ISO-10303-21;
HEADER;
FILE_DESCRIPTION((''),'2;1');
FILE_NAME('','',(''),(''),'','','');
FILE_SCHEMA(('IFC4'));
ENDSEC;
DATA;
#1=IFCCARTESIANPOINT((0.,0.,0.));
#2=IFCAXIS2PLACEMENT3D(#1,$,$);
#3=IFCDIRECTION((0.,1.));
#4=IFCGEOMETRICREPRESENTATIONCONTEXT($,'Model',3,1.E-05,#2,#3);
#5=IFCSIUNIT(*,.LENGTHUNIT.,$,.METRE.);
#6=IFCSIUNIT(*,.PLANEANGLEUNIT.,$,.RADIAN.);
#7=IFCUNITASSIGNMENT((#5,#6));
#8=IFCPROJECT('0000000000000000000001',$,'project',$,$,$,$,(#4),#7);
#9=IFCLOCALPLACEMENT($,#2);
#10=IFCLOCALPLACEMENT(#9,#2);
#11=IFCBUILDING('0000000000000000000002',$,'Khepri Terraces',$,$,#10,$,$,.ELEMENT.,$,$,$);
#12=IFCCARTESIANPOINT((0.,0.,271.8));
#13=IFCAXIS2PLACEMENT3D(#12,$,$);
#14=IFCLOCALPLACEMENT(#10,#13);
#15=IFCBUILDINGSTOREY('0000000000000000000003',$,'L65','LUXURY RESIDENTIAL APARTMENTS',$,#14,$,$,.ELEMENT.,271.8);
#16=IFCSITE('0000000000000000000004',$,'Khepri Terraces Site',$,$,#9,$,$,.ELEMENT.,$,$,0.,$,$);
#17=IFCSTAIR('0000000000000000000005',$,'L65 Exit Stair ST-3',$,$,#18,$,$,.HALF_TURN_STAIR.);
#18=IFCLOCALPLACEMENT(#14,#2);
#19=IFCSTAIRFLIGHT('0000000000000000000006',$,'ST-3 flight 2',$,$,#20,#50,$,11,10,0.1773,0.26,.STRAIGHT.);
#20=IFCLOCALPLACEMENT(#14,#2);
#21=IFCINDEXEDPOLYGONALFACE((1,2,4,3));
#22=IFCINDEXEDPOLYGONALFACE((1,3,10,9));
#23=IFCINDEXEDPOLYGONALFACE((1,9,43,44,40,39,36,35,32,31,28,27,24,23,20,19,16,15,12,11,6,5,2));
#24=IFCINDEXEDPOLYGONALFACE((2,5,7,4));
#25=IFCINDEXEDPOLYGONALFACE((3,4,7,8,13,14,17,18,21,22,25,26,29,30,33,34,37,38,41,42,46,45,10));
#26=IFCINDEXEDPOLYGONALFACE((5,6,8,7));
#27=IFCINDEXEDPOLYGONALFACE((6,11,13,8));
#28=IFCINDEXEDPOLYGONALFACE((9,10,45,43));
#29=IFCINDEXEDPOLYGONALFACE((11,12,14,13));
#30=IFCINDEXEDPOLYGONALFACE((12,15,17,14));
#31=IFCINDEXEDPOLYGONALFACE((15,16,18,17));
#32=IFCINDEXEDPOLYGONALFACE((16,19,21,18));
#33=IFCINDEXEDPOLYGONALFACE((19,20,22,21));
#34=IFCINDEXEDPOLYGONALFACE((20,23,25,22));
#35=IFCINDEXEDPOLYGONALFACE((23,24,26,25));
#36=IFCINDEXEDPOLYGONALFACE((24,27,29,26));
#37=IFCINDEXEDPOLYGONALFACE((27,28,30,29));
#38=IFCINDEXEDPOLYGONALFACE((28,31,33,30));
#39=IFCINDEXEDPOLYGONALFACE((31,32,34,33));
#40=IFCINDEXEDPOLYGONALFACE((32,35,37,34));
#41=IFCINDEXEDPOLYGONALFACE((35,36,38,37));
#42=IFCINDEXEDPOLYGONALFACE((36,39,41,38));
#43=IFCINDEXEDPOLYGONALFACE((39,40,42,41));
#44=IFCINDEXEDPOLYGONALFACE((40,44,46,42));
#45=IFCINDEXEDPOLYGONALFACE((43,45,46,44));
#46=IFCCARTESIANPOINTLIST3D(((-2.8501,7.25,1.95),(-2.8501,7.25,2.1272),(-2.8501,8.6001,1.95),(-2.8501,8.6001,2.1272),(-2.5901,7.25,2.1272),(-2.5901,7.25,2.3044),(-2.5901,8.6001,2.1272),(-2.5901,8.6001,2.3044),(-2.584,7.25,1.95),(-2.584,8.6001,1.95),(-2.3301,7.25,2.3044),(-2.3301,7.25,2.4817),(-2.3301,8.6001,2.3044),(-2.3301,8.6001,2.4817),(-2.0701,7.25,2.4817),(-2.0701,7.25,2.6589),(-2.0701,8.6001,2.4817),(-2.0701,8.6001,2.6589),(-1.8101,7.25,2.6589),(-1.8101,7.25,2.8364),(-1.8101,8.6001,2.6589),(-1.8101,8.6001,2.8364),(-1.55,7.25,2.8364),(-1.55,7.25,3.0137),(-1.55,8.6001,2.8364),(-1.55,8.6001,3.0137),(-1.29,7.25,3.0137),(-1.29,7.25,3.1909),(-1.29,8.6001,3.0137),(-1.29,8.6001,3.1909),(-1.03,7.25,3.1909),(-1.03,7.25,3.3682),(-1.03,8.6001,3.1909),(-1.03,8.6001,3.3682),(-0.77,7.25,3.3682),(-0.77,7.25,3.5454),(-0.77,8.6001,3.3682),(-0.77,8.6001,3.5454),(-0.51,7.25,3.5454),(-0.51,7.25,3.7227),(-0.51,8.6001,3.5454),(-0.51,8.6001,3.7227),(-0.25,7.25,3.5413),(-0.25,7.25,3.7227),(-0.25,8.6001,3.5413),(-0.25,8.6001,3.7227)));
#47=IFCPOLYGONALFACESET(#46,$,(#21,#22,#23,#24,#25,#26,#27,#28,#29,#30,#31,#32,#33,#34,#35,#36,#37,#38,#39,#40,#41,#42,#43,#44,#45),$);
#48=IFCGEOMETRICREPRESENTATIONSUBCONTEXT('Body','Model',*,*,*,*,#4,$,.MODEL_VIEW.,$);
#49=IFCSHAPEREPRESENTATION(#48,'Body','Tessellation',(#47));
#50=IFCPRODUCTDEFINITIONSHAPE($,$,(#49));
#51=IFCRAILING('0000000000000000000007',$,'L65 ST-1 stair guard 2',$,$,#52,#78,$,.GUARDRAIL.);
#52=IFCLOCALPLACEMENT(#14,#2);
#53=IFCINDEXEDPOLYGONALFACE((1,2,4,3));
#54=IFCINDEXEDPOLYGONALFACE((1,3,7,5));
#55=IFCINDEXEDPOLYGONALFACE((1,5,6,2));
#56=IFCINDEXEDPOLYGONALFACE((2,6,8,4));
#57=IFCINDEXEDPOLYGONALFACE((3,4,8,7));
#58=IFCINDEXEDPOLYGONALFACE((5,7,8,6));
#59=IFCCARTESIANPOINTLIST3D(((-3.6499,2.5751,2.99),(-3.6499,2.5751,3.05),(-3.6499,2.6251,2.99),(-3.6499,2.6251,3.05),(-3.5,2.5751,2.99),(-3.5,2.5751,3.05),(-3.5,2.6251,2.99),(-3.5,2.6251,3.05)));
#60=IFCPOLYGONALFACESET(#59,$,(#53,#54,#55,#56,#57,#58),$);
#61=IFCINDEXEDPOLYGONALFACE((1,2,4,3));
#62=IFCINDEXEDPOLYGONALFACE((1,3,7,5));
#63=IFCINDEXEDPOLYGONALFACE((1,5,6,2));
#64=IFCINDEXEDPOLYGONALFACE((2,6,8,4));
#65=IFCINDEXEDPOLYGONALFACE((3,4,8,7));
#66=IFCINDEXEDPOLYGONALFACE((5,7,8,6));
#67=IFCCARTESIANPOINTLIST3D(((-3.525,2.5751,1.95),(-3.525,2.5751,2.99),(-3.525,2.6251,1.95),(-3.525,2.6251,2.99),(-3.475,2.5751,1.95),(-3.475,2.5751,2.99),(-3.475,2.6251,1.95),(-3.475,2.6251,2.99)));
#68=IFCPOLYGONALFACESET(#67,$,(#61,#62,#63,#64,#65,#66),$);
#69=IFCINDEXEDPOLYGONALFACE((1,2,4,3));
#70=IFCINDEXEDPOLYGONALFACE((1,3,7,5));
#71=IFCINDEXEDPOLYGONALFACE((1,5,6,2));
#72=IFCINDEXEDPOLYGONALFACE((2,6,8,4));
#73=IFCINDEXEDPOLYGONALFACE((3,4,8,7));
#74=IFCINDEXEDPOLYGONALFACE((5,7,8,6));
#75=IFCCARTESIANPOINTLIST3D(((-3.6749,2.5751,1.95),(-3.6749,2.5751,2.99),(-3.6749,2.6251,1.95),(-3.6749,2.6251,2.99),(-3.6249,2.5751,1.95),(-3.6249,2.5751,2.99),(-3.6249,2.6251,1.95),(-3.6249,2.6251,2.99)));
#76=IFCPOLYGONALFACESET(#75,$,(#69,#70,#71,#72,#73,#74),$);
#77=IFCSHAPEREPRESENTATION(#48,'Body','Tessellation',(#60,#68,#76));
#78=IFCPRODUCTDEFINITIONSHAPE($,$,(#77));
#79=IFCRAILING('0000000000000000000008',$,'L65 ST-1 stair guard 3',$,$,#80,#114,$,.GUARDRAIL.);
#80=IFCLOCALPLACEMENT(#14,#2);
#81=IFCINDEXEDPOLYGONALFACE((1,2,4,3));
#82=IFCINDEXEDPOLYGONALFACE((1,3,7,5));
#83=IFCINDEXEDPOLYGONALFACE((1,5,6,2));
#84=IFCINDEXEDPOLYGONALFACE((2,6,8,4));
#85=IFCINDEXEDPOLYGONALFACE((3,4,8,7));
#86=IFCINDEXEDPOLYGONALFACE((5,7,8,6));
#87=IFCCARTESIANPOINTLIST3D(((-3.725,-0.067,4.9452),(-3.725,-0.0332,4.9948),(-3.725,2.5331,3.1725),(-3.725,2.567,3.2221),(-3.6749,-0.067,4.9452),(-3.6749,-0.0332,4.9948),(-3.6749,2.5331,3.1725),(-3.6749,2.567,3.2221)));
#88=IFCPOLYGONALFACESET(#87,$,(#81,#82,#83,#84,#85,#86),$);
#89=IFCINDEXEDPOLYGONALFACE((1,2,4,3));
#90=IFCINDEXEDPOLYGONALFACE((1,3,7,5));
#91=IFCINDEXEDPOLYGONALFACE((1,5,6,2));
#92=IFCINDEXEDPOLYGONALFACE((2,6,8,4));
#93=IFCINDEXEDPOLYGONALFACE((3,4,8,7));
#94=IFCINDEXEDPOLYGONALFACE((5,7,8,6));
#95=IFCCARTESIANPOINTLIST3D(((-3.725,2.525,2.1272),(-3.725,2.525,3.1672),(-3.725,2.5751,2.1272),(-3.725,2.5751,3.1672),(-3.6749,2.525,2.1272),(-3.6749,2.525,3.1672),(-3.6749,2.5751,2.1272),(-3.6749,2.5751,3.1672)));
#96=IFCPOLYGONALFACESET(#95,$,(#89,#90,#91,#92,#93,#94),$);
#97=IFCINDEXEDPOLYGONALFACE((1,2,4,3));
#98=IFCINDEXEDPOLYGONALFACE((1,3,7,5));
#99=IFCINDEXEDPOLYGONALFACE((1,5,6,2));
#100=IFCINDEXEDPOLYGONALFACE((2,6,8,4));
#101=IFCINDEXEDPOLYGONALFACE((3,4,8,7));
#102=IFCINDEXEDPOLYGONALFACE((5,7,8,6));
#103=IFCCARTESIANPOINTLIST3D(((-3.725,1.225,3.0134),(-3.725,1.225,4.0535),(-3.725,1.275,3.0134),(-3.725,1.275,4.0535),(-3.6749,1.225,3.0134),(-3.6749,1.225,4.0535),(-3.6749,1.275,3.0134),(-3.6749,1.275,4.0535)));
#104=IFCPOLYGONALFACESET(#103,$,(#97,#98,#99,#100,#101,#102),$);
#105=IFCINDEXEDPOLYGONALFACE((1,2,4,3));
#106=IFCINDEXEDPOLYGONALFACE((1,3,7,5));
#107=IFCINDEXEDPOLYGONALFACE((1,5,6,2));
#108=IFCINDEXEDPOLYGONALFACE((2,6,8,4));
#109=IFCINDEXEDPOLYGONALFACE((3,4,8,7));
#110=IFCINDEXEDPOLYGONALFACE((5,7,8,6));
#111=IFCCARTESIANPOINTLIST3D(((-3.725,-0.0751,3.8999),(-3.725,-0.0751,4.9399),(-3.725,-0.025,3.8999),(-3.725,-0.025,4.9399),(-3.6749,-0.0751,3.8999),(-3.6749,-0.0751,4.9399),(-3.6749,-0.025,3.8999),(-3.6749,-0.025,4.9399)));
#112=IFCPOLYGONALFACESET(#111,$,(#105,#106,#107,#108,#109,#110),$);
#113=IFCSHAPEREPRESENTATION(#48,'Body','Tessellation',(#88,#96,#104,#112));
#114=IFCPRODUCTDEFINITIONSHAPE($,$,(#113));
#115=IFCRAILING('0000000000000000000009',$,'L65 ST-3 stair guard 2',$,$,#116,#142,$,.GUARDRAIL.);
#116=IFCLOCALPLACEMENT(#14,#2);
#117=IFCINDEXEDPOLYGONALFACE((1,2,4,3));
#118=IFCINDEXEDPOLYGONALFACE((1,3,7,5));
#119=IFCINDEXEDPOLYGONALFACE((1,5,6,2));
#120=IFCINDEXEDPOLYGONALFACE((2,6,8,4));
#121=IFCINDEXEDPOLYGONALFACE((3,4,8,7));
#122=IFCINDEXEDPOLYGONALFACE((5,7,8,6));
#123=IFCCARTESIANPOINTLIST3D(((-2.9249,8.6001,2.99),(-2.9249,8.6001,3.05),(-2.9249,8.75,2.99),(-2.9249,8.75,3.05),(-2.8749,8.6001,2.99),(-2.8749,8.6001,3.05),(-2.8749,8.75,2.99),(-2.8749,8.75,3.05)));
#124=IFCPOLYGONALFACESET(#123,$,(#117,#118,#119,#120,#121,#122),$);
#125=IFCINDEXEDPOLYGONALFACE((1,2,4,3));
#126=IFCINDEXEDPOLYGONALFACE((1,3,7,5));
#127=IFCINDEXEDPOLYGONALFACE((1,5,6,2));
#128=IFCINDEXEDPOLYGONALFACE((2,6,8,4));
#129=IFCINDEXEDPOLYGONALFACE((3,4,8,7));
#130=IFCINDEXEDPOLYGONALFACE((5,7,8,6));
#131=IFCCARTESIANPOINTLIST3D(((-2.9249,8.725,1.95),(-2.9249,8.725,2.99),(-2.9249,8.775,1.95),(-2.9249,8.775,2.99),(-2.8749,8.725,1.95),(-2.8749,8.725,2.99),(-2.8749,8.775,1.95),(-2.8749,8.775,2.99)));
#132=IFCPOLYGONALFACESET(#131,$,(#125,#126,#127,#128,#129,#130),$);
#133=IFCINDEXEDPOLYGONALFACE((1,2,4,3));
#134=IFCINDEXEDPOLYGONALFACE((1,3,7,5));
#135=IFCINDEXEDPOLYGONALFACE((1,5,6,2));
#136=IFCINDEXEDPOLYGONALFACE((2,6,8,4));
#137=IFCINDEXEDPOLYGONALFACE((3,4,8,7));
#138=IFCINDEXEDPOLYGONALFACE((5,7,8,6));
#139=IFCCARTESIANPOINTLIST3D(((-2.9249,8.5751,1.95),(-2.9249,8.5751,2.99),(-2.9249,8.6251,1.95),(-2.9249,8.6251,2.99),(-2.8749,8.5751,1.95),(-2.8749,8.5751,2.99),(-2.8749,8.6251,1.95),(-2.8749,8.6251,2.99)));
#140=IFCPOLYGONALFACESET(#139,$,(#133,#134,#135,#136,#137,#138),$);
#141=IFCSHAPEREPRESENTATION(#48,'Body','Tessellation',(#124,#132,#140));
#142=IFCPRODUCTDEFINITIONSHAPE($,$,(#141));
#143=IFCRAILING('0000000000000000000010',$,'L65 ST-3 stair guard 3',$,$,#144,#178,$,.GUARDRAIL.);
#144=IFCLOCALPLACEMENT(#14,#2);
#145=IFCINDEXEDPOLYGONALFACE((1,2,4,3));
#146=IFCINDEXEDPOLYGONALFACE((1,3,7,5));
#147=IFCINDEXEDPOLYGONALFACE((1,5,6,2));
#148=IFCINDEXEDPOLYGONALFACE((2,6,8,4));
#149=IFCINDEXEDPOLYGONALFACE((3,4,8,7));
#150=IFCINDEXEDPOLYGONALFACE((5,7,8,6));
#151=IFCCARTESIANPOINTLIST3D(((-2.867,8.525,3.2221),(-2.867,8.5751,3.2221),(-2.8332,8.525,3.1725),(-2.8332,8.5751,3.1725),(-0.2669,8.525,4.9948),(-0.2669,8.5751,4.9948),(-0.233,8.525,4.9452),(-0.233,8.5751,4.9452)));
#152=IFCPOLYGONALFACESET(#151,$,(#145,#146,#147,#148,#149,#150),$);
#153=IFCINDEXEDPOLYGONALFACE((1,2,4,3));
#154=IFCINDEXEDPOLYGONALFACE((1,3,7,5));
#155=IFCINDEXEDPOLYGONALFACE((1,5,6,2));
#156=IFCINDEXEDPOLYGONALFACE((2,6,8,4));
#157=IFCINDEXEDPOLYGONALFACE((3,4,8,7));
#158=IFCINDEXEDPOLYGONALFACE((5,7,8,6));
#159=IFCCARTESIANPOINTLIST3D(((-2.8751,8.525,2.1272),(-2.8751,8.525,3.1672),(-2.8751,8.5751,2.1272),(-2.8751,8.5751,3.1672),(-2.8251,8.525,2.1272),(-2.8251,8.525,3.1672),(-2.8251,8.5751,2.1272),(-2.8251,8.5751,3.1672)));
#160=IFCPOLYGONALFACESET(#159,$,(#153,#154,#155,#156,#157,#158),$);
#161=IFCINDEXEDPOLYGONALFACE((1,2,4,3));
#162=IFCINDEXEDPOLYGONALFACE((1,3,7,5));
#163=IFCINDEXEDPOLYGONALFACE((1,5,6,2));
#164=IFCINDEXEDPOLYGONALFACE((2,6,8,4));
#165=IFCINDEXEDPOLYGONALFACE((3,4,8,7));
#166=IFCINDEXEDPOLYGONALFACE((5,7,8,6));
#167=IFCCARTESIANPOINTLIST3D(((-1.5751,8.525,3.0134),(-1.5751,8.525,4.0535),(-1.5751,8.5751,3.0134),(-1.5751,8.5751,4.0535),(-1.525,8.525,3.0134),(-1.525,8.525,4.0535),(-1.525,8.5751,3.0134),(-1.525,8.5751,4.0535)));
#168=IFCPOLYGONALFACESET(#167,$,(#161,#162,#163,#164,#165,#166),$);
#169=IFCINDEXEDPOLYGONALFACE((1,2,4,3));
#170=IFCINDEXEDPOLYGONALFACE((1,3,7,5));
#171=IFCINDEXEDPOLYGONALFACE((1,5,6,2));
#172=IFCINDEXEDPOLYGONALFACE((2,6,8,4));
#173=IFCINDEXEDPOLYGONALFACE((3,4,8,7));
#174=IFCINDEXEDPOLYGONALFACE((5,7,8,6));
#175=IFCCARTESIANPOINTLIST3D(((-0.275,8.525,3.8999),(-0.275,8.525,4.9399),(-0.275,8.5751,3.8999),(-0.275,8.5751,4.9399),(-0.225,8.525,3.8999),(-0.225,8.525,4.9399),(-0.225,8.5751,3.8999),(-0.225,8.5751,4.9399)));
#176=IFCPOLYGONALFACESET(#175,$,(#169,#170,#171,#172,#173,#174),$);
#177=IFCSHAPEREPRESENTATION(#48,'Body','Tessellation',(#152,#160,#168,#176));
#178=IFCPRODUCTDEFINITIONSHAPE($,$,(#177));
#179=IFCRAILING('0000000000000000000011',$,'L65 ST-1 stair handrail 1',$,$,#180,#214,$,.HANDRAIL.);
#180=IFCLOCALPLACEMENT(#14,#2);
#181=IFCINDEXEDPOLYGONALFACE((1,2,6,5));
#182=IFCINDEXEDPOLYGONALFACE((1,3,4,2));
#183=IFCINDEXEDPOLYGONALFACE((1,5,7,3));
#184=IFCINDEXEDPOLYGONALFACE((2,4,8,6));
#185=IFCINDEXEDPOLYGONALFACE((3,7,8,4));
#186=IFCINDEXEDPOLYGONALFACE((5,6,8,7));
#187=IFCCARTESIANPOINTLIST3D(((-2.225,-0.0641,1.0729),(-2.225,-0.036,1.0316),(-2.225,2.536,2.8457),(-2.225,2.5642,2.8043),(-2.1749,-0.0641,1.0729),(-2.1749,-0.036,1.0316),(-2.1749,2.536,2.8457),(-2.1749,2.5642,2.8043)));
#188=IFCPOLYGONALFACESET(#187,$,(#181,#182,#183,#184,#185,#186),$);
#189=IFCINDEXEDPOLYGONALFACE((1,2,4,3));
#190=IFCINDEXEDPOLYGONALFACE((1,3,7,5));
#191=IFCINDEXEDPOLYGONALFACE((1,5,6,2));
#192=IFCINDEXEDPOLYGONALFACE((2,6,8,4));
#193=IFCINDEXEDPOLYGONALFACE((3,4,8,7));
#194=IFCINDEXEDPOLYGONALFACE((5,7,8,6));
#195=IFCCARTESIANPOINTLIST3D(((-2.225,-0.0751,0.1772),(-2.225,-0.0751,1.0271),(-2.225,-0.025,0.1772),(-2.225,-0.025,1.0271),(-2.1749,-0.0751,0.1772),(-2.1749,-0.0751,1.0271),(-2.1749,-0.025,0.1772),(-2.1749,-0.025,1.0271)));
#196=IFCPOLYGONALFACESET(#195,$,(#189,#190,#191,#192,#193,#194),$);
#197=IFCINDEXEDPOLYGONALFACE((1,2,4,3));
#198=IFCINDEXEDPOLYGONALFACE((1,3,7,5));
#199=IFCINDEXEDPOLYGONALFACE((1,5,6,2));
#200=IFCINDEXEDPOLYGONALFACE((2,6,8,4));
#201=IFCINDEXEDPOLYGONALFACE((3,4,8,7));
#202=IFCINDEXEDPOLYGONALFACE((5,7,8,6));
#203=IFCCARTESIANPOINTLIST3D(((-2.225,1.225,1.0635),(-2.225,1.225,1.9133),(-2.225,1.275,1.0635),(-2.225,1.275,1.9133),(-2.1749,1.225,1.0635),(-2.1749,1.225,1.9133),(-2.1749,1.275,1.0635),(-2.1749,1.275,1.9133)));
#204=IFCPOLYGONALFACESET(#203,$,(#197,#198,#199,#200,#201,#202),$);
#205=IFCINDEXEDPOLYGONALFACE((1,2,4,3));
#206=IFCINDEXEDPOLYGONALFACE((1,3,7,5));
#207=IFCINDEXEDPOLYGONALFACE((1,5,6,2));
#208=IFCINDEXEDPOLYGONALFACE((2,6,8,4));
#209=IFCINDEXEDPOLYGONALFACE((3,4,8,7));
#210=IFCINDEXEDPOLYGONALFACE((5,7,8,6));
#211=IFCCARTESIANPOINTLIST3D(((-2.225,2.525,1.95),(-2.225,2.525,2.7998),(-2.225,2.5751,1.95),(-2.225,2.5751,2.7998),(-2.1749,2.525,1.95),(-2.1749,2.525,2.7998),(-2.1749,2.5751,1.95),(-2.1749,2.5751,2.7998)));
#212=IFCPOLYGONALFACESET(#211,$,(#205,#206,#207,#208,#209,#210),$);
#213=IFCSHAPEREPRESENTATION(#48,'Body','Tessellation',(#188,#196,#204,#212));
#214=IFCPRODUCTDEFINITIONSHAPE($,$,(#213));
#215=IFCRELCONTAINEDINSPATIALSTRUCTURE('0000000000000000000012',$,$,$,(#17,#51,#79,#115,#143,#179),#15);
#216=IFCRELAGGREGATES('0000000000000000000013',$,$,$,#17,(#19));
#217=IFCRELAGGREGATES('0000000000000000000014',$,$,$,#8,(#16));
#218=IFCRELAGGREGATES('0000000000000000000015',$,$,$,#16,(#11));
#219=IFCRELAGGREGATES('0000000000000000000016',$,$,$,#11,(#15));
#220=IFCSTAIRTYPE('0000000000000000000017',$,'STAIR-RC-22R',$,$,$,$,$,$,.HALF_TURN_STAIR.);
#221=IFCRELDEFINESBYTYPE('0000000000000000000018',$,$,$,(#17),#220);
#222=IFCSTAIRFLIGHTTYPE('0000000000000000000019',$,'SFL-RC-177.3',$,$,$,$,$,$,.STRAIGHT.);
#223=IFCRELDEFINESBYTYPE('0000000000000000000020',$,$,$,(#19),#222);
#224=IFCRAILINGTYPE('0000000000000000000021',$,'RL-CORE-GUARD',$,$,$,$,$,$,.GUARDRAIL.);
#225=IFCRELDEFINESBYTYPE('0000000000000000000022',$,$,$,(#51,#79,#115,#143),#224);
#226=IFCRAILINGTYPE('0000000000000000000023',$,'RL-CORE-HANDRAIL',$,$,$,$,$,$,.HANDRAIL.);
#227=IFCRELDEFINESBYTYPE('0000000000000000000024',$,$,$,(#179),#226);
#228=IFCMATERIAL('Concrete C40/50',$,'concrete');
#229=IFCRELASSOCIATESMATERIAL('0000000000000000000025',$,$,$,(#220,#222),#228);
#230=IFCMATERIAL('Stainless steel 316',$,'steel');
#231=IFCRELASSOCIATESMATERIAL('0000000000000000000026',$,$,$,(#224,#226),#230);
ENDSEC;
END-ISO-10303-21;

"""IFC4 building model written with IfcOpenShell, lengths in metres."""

from ifc_helpers import new_model, si_unit, direction, frame, origin, origin_2d, place, context, subcontext, project, spatial, polyline, rectangle, outline, extrude, material, type_object, element, aggregate, save


model = new_model("IFC4")

# Units and contexts
model_context = context("Model", 3, precision=1e-05, world=origin(), true_north=direction((0.0, 1.0)))
body_context = subcontext(model_context, "Body", "Model", "MODEL_VIEW")
ifc_project = project(units=[si_unit("LENGTHUNIT", "METRE"), si_unit("PLANEANGLEUNIT", "RADIAN")], contexts=[model_context])

# Site, building, storey
site_placement = place(None, origin())
site = spatial("IfcSite", under=ifc_project, at=site_placement, Name="Khepri Terraces Site", CompositionType="ELEMENT", RefElevation=0.0)
building_placement = place(site_placement, origin())
building = spatial("IfcBuilding", under=site, at=building_placement, Name="Khepri Terraces", CompositionType="ELEMENT")
storey_placement = place(building_placement, frame((0.0, 0.0, 271.8)))
storey = spatial("IfcBuildingStorey", under=building, at=storey_placement, Name="L65", Description="LUXURY RESIDENTIAL APARTMENTS", CompositionType="ELEMENT", Elevation=271.8)

# Shared definitions
ifc_material_1 = material(Name="Concrete C40/50", Category="concrete")

# Stair, stair flight
stair_type = type_object("IfcStairType", Name="STAIR-RC-22R", PredefinedType="HALF_TURN_STAIR", material=ifc_material_1)
stair_flight_type = type_object("IfcStairFlightType", Name="SFL-RC-177.3", PredefinedType="STRAIGHT", material=ifc_material_1)
stair_1_placement = place(storey_placement, origin())
stair_1 = element("IfcStair", 1, at=stair_1_placement, inside=storey, type_object=stair_type, Name="L65 Exit Stair ST-3", PredefinedType="HALF_TURN_STAIR")
stair_flight_1_placement = place(storey_placement, frame((-2.8501, 7.925, 1.95), z_axis=(0.0, 0.0, 1.0), x_axis=(1.0, 0.0, 0.0)))
stair_flight_1 = element("IfcStairFlight", 2, at=stair_flight_1_placement, type_object=stair_flight_type, Name="ST-3 flight 2", NumberOfRisers=11, NumberOfTreads=10, PredefinedType="STRAIGHT", RiserHeight=0.1773, TreadLength=0.26, context=body_context, shape_type="SweptSolid", body=[
    extrude(outline(polyline([(0.0, 0.0), (0.0, 0.1772), (0.26, 0.1772), (0.26, 0.3545), (0.52, 0.3545), (0.52, 0.5317), (0.78, 0.5317), (0.78, 0.709), (1.04, 0.709), (1.04, 0.8865), (1.3, 0.8865), (1.3, 1.0637), (1.5601, 1.0637), (1.5601, 1.241), (1.8201, 1.241), (1.8201, 1.4182), (2.0801, 1.4182), (2.0801, 1.5955), (2.3401, 1.5955), (2.3401, 1.7727), (2.6001, 1.7727), (2.6001, 1.95), (2.6001, 1.5913), (0.2661, 0.0), (0.0, 0.0)])), frame((0.0, 0.675, 0.0), z_axis=(0.0, -1.0, 0.0), x_axis=(1.0, 0.0, 0.0)), (0.0, 0.0, 1.0), 1.3501),
])
aggregate(stair_1, [stair_flight_1])

# Railings
ifc_material_2 = material(Name="Stainless steel 316", Category="steel")
railing_type_1 = type_object("IfcRailingType", Name="RL-CORE-GUARD", PredefinedType="GUARDRAIL", material=ifc_material_2)
railing_1_placement = place(storey_placement, frame((-3.5, 2.6001, 1.95)))
element("IfcRailing", 3, at=railing_1_placement, inside=storey, type_object=railing_type_1, Name="L65 ST-1 stair guard 2", PredefinedType="GUARDRAIL", context=body_context, shape_type="SweptSolid", body=[
    extrude(rectangle(XDim=0.05, YDim=0.0601, at=origin_2d()), frame((0.0, 0.0, 1.0701), z_axis=(-1.0, 0.0, 0.0), x_axis=(0.0, -1.0, 0.0)), (0.0, 0.0, 1.0), 0.1499),
    extrude(rectangle(XDim=0.05, YDim=0.05, at=origin_2d()), origin(), (0.0, 0.0, 1.0), 1.04),
    extrude(rectangle(XDim=0.05, YDim=0.05, at=origin_2d()), frame((-0.1499, 0.0, 0.0)), (0.0, 0.0, 1.0), 1.04),
])
railing_2_placement = place(storey_placement, frame((-3.7, 2.55, 2.1272)))
element("IfcRailing", 4, at=railing_2_placement, inside=storey, type_object=railing_type_1, Name="L65 ST-1 stair guard 3", PredefinedType="GUARDRAIL", context=body_context, shape_type="SweptSolid", body=[
    extrude(rectangle(XDim=0.05, YDim=0.0601, at=origin_2d()), frame((0.0, 0.0, 1.0701), z_axis=(0.0, -0.82624, 0.563318), x_axis=(1.0, 0.0, 0.0)), (0.0, 0.0, 1.0), 3.147),
    extrude(rectangle(XDim=0.05, YDim=0.05, at=origin_2d()), origin(), (0.0, 0.0, 1.0), 1.04),
    extrude(rectangle(XDim=0.05, YDim=0.05, at=origin_2d()), frame((0.0, -1.3, 0.8862)), (0.0, 0.0, 1.0), 1.04),
    extrude(rectangle(XDim=0.05, YDim=0.05, at=origin_2d()), frame((0.0, -2.6001, 1.7727)), (0.0, 0.0, 1.0), 1.04),
])
railing_3_placement = place(storey_placement, frame((-2.8999, 8.75, 1.95)))
element("IfcRailing", 5, at=railing_3_placement, inside=storey, type_object=railing_type_1, Name="L65 ST-3 stair guard 2", PredefinedType="GUARDRAIL", context=body_context, shape_type="SweptSolid", body=[
    extrude(rectangle(XDim=0.05, YDim=0.0601, at=origin_2d()), frame((0.0, 0.0, 1.0701), z_axis=(0.0, -1.0, 0.0), x_axis=(1.0, 0.0, 0.0)), (0.0, 0.0, 1.0), 0.1499),
    extrude(rectangle(XDim=0.05, YDim=0.05, at=origin_2d()), origin(), (0.0, 0.0, 1.0), 1.04),
    extrude(rectangle(XDim=0.05, YDim=0.05, at=origin_2d()), frame((0.0, -0.1499, 0.0)), (0.0, 0.0, 1.0), 1.04),
])
railing_4_placement = place(storey_placement, frame((-2.8501, 8.55, 2.1272)))
element("IfcRailing", 6, at=railing_4_placement, inside=storey, type_object=railing_type_1, Name="L65 ST-3 stair guard 3", PredefinedType="GUARDRAIL", context=body_context, shape_type="SweptSolid", body=[
    extrude(rectangle(XDim=0.05, YDim=0.0601, at=origin_2d()), frame((0.0, 0.0, 1.0701), z_axis=(0.82624, 0.0, 0.563318), x_axis=(0.0, 1.0, 0.0)), (0.0, 0.0, 1.0), 3.147),
    extrude(rectangle(XDim=0.05, YDim=0.05, at=origin_2d()), origin(), (0.0, 0.0, 1.0), 1.04),
    extrude(rectangle(XDim=0.05, YDim=0.05, at=origin_2d()), frame((1.3, 0.0, 0.8862)), (0.0, 0.0, 1.0), 1.04),
    extrude(rectangle(XDim=0.05, YDim=0.05, at=origin_2d()), frame((2.6001, 0.0, 1.7727)), (0.0, 0.0, 1.0), 1.04),
])
railing_type_2 = type_object("IfcRailingType", Name="RL-CORE-HANDRAIL", PredefinedType="HANDRAIL", material=ifc_material_2)
railing_5_placement = place(storey_placement, frame((-2.2, -0.05, 0.1772)))
element("IfcRailing", 7, at=railing_5_placement, inside=storey, type_object=railing_type_2, Name="L65 ST-1 stair handrail 1", PredefinedType="HANDRAIL", context=body_context, shape_type="SweptSolid", body=[
    extrude(rectangle(XDim=0.05, YDim=0.05, at=origin_2d()), frame((0.0, 0.0, 0.875), z_axis=(0.0, 0.82624, 0.563318), x_axis=(-1.0, 0.0, 0.0)), (0.0, 0.0, 1.0), 3.147),
    extrude(rectangle(XDim=0.05, YDim=0.05, at=origin_2d()), origin(), (0.0, 0.0, 1.0), 0.8499),
    extrude(rectangle(XDim=0.05, YDim=0.05, at=origin_2d()), frame((0.0, 1.3, 0.8862)), (0.0, 0.0, 1.0), 0.8499),
    extrude(rectangle(XDim=0.05, YDim=0.05, at=origin_2d()), frame((0.0, 2.6001, 1.7727)), (0.0, 0.0, 1.0), 0.8499),
])

save(model, "model.ifc")
